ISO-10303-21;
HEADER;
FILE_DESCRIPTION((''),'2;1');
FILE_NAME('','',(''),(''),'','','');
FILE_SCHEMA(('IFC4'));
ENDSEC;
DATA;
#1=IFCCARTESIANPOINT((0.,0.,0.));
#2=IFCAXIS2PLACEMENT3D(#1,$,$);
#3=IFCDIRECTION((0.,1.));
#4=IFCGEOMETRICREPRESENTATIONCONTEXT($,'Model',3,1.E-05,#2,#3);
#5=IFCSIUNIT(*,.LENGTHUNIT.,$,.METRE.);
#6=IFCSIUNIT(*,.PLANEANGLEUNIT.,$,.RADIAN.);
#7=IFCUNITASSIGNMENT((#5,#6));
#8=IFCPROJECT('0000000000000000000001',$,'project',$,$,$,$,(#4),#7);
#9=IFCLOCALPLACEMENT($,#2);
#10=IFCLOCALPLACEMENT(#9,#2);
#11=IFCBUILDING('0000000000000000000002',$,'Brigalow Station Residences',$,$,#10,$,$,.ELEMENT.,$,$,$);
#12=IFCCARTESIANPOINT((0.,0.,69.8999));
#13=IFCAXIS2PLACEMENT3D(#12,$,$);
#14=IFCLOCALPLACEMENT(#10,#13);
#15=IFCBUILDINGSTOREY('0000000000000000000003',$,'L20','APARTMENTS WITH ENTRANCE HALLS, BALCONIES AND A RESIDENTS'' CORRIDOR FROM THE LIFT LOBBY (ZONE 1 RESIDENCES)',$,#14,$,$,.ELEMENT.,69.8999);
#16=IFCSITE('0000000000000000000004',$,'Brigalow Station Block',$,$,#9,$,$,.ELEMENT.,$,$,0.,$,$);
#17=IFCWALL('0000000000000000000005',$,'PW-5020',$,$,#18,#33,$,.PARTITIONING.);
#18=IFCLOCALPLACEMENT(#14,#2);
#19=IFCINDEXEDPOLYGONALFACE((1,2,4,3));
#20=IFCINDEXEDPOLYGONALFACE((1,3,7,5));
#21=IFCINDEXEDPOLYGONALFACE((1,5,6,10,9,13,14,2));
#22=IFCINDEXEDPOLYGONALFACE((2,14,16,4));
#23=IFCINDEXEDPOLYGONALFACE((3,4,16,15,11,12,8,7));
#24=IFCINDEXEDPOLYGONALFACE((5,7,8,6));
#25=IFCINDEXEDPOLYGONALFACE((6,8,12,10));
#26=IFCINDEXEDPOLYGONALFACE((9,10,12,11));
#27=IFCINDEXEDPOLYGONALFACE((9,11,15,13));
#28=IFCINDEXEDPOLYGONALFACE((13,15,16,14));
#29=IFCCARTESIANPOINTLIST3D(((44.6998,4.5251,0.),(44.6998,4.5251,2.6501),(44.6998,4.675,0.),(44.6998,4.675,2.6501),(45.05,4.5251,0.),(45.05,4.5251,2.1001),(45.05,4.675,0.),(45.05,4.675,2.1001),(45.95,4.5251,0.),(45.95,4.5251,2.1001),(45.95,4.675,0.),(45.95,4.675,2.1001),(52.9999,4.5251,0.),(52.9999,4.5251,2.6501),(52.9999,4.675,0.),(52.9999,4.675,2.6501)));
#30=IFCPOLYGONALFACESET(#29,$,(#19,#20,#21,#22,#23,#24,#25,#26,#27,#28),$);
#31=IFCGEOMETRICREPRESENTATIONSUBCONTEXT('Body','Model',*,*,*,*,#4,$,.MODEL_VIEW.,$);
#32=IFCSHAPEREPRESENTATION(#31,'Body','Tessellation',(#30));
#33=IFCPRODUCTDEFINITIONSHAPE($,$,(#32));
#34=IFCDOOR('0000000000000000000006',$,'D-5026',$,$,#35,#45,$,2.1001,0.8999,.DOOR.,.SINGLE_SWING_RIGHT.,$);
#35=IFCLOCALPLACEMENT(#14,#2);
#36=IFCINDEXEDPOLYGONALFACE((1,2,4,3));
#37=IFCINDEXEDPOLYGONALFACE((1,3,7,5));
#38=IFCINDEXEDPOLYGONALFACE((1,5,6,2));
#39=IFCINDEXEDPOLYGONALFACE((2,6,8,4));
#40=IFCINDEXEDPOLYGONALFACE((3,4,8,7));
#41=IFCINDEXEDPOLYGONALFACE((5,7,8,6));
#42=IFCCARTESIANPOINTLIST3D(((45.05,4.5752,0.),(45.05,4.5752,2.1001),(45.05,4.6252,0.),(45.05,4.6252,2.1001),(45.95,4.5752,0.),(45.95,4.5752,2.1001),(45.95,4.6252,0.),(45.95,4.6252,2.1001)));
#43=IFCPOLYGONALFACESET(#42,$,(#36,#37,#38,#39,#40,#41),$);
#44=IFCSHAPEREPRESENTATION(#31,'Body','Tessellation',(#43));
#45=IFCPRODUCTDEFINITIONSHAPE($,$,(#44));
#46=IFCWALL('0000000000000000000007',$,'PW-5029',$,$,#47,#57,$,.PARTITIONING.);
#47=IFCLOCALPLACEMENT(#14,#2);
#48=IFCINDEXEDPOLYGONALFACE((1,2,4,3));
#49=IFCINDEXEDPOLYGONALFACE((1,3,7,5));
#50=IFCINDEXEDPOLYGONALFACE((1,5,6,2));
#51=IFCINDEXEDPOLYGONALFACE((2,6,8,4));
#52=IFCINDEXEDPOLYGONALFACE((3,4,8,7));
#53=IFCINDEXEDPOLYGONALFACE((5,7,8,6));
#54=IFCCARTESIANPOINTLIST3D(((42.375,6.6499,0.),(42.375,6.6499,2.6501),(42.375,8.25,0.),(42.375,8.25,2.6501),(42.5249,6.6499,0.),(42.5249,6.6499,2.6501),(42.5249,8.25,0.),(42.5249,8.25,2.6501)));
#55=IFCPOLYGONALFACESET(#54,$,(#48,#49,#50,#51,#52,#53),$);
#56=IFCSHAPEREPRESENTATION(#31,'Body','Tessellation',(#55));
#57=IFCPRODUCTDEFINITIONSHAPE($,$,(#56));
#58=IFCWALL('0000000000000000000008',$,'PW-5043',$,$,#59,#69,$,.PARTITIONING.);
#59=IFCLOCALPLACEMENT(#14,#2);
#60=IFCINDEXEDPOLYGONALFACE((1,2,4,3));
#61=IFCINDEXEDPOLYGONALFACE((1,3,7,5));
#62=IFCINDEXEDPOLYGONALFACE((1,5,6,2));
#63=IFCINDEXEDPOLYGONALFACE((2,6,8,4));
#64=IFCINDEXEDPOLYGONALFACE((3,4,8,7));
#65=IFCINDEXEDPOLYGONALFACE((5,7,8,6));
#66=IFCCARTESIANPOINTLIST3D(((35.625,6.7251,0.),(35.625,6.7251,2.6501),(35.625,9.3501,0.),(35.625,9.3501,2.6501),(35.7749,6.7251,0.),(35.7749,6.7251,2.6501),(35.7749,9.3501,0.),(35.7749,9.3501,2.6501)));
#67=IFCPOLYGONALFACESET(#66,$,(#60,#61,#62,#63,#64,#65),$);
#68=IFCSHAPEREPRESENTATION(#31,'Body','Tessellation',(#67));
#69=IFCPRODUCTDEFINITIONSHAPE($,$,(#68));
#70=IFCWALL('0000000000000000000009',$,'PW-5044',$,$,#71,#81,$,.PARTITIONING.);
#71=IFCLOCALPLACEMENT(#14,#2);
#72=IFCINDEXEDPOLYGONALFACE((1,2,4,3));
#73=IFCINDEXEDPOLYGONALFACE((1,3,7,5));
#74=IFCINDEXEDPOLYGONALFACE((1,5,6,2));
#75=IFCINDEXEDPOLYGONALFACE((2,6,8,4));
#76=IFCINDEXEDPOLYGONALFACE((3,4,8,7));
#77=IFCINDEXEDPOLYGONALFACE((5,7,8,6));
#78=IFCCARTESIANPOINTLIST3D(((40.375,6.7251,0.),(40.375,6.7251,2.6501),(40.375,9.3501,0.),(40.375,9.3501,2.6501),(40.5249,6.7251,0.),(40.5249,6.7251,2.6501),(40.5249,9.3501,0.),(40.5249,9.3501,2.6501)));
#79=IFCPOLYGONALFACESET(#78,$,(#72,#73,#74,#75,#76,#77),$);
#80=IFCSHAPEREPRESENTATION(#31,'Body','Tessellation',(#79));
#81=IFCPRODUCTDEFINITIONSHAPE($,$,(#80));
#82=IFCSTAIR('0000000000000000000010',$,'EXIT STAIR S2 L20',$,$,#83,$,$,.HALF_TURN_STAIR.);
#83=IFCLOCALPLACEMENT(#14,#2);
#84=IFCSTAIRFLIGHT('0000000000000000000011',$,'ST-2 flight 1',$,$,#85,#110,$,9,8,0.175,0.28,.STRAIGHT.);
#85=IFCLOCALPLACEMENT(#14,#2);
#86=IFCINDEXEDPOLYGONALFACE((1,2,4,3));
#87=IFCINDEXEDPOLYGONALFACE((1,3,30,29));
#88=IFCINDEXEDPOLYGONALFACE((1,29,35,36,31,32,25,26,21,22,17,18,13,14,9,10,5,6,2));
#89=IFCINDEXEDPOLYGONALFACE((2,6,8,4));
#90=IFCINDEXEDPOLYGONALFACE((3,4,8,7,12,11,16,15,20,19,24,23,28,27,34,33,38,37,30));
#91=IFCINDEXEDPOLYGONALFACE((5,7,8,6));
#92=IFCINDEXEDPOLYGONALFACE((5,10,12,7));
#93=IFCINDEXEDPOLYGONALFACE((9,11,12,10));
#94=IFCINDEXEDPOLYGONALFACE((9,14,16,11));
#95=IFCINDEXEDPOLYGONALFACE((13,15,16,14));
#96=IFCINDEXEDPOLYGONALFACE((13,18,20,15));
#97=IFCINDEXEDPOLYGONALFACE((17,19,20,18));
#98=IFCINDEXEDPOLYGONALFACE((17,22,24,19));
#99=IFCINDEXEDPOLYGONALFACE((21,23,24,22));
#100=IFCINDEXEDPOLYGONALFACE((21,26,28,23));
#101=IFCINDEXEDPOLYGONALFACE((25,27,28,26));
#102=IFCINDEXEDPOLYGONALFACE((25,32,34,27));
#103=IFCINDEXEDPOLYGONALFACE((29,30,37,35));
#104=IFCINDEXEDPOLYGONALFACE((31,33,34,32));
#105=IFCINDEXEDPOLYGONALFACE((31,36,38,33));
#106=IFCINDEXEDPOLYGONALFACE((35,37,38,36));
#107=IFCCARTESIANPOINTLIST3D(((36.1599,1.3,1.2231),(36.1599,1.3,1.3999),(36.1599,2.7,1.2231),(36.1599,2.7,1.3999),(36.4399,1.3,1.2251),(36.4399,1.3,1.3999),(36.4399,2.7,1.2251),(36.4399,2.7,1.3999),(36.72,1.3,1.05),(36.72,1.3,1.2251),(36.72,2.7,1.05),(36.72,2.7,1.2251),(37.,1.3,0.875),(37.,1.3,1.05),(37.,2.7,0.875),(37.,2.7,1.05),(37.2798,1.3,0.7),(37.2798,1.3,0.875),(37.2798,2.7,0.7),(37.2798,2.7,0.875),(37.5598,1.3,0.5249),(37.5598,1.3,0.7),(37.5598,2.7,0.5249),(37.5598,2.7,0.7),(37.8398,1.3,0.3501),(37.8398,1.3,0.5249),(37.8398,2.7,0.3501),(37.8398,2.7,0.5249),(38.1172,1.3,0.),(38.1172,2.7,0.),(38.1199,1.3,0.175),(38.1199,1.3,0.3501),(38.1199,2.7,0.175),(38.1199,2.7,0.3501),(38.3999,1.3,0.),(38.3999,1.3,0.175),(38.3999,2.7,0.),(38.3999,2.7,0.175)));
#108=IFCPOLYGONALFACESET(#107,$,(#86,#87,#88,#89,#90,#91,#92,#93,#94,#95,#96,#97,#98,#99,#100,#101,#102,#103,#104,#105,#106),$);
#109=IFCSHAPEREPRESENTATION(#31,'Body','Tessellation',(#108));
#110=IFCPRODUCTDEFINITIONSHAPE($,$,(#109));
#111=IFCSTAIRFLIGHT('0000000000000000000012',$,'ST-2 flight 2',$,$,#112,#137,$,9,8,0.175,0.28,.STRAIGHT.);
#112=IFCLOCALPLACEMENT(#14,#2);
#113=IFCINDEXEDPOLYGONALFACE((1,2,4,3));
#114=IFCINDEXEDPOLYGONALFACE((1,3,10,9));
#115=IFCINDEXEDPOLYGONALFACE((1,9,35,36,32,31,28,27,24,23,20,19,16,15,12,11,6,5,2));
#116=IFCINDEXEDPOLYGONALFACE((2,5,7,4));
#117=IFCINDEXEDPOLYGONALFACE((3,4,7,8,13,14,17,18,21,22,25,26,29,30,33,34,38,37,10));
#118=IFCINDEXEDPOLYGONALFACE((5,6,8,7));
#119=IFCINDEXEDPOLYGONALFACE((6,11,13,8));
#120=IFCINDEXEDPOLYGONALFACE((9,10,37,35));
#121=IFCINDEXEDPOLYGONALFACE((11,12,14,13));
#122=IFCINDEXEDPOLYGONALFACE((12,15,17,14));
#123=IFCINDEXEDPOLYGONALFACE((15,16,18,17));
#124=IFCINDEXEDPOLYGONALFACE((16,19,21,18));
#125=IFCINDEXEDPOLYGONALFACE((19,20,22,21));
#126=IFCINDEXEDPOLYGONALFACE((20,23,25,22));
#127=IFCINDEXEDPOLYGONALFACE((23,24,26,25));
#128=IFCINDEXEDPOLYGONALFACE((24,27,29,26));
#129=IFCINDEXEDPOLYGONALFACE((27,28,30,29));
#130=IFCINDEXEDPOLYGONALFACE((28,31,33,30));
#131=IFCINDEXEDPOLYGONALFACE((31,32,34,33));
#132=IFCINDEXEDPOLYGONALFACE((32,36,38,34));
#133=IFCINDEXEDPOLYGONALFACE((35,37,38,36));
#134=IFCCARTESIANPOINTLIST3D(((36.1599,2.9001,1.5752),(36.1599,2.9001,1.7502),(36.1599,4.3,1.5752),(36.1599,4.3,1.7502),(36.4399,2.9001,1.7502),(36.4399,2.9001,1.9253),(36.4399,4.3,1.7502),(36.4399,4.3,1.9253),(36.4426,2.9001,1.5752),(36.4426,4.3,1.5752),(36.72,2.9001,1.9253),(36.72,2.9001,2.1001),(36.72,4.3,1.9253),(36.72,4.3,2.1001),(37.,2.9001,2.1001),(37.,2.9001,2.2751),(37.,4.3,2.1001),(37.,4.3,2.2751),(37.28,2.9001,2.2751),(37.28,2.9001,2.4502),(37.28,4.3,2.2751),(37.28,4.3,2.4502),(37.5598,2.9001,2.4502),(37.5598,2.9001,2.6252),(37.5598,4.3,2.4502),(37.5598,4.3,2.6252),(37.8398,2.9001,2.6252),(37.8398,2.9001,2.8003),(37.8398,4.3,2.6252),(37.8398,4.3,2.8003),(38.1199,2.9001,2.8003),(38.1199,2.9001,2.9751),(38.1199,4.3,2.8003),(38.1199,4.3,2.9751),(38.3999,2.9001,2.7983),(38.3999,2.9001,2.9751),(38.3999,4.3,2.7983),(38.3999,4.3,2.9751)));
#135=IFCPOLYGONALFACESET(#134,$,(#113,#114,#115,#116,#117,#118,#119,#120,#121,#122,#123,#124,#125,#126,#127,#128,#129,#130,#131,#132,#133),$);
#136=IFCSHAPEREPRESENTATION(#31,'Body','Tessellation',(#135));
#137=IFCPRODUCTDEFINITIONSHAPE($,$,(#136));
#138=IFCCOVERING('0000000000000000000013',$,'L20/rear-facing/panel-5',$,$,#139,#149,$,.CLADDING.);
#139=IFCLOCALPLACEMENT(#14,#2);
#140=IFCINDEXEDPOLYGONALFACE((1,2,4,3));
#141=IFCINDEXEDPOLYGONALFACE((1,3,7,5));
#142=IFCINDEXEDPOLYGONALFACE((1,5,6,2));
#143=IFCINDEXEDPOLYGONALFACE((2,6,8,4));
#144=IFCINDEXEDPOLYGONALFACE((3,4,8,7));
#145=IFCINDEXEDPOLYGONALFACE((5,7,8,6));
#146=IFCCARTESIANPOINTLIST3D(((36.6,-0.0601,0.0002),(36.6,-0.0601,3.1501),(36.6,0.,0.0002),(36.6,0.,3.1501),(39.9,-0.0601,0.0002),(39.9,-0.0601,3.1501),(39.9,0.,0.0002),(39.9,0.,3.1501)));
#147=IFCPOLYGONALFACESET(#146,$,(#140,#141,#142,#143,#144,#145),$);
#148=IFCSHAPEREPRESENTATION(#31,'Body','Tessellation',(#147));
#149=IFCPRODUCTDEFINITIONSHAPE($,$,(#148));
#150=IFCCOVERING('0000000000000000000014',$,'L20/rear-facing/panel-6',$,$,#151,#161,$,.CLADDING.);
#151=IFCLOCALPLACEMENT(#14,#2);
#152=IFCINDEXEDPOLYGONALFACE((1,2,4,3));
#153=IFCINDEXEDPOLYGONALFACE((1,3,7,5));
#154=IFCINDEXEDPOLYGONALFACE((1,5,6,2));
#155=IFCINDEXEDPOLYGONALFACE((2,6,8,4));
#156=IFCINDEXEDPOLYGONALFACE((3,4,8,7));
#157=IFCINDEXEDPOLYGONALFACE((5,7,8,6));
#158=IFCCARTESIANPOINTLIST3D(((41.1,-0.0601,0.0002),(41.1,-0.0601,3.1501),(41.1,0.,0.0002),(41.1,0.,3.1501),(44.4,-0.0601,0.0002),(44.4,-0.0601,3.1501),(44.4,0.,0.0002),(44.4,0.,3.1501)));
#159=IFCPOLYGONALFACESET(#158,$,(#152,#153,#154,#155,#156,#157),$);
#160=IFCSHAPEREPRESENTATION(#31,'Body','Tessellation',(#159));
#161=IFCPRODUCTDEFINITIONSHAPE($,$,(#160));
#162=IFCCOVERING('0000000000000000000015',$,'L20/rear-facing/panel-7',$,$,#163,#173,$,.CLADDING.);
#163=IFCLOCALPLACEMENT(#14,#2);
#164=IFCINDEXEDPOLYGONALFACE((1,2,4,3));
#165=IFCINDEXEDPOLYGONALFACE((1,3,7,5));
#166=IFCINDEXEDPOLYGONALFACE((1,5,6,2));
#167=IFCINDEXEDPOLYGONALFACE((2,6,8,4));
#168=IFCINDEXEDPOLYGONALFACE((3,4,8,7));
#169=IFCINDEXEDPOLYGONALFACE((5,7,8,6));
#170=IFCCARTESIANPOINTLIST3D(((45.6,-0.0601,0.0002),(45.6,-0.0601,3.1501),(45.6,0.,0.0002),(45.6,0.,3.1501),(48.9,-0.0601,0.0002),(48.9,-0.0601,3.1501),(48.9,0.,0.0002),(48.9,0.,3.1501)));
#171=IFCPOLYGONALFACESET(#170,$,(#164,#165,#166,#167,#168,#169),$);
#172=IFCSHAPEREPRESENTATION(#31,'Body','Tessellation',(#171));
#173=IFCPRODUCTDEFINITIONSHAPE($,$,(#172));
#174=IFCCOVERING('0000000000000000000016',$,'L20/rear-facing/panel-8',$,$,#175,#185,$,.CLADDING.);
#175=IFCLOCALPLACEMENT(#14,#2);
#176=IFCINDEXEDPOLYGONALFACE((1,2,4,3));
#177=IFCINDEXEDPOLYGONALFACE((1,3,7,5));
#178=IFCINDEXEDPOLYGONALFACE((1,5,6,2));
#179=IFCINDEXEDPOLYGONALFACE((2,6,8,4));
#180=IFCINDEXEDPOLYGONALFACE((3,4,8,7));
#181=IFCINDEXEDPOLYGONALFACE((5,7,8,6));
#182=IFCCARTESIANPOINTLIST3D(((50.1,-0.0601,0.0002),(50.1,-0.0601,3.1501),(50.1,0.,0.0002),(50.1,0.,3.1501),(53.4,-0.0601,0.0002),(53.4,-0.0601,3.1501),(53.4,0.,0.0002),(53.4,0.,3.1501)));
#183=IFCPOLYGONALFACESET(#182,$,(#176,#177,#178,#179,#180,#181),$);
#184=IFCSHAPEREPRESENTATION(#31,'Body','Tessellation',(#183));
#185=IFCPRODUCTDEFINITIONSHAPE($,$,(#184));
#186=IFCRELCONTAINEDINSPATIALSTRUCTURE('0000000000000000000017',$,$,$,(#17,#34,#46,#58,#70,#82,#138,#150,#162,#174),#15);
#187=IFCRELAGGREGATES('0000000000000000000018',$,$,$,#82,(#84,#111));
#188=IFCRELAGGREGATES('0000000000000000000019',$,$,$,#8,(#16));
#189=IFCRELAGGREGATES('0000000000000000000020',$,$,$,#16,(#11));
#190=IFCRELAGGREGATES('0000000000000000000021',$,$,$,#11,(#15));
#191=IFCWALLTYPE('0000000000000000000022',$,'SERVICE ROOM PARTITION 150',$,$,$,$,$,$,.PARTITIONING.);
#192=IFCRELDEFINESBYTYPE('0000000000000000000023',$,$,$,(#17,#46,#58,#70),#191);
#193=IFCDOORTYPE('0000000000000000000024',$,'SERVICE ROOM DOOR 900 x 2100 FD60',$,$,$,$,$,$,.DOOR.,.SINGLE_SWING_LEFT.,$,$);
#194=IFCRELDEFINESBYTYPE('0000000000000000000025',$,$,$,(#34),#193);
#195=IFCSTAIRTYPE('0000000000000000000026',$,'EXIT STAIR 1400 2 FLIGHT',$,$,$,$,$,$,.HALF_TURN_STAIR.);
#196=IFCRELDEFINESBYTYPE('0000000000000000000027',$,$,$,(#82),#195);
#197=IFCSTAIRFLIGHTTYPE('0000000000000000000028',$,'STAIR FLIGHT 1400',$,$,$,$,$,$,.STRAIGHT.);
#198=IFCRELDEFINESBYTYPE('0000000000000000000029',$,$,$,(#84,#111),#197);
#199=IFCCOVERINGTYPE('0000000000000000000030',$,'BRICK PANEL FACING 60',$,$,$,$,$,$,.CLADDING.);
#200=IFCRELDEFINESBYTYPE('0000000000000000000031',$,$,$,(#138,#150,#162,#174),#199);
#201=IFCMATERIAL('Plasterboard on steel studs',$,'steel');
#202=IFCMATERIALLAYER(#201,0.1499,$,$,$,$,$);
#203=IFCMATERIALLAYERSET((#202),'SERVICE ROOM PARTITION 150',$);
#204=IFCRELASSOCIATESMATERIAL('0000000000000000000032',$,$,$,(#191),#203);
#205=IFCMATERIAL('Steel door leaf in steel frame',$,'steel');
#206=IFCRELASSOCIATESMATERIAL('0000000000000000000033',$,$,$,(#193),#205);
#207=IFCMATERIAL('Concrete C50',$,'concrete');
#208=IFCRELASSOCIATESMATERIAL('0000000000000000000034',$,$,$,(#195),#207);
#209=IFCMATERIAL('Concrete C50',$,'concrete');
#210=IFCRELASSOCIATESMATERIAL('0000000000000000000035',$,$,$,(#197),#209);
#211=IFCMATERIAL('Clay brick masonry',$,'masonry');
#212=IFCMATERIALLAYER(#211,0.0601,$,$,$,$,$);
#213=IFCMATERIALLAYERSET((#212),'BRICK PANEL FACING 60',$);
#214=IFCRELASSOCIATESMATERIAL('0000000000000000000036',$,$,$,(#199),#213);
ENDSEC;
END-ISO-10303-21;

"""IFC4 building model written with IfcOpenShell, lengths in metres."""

from ifc_helpers import new_model, si_unit, direction, frame, frame_2d, origin, origin_2d, place, context, subcontext, project, spatial, polyline, rectangle, outline, extrude, material, layer, layer_set, type_object, element, fill, aggregate, save


model = new_model("IFC4")

# Units and contexts
model_context = context("Model", 3, precision=1e-05, world=origin(), true_north=direction((0.0, 1.0)))
body_context = subcontext(model_context, "Body", "Model", "MODEL_VIEW")
ifc_project = project(units=[si_unit("LENGTHUNIT", "METRE"), si_unit("PLANEANGLEUNIT", "RADIAN")], contexts=[model_context])

# Site, building, storey
site_placement = place(None, origin())
site = spatial("IfcSite", under=ifc_project, at=site_placement, Name="Brigalow Station Block", CompositionType="ELEMENT", RefElevation=0.0)
building_placement = place(site_placement, origin())
building = spatial("IfcBuilding", under=site, at=building_placement, Name="Brigalow Station Residences", CompositionType="ELEMENT")
storey_placement = place(building_placement, frame((0.0, 0.0, 69.8999)))
storey = spatial("IfcBuildingStorey", under=building, at=storey_placement, Name="L20", Description="APARTMENTS WITH ENTRANCE HALLS, BALCONIES AND A RESIDENTS' CORRIDOR FROM THE LIFT LOBBY (ZONE 1 RESIDENCES)", CompositionType="ELEMENT", Elevation=69.8999)

# Wall, opening, door
ifc_material_1 = material(Name="Plasterboard on steel studs", Category="steel")
ifc_layer_1 = layer(ifc_material_1, 0.1499)
ifc_layer_set_1 = layer_set([ifc_layer_1], Name="SERVICE ROOM PARTITION 150")
wall_type_1 = type_object("IfcWallType", Name="SERVICE ROOM PARTITION 150", PredefinedType="PARTITIONING", material=ifc_layer_set_1)
wall_1_placement = place(storey_placement, frame((44.7, 4.6001, 0.0), z_axis=(0.0, 0.0, 1.0), x_axis=(1.0, 0.0, 0.0)))
wall_1 = element("IfcWall", 1, at=wall_1_placement, inside=storey, type_object=wall_type_1, Name="PW-5020", PredefinedType="PARTITIONING", context=body_context, shape_type="SweptSolid", body=[
    extrude(rectangle(XDim=8.3, YDim=0.1499, at=frame_2d((4.1499, 0.0))), origin(), (0.0, 0.0, 1.0), 2.6501),
])
opening_1_placement = place(wall_1_placement, frame((0.3501, 0.0, 0.0)))
opening_1 = element("IfcOpeningElement", 2, at=opening_1_placement, cuts=wall_1, PredefinedType="OPENING", context=body_context, shape_type="SweptSolid", body=[
    extrude(rectangle(XDim=0.8999, YDim=2.1001, at=frame_2d((0.45, 1.05))), frame((0.0, 0.085, 0.0), z_axis=(0.0, -1.0, 0.0), x_axis=(1.0, 0.0, 0.0)), (0.0, 0.0, 1.0), 0.1699),
])
ifc_material_2 = material(Name="Steel door leaf in steel frame", Category="steel")
door_type_1 = type_object("IfcDoorType", Name="SERVICE ROOM DOOR 900 x 2100 FD60", OperationType="SINGLE_SWING_LEFT", PredefinedType="DOOR", material=ifc_material_2)
door_1_placement = place(opening_1_placement, frame((0.8999, 0.0, 0.0), z_axis=(0.0, 0.0, 1.0), x_axis=(-1.0, 0.0, 0.0)))
door_1 = element("IfcDoor", 3, at=door_1_placement, inside=storey, type_object=door_type_1, Name="D-5026", OperationType="SINGLE_SWING_RIGHT", OverallHeight=2.1001, OverallWidth=0.8999, PredefinedType="DOOR", context=body_context, shape_type="SweptSolid", body=[
    extrude(rectangle(XDim=0.8999, YDim=2.1001, at=frame_2d((0.45, 1.05))), frame((0.0, 0.0249, 0.0), z_axis=(0.0, -1.0, 0.0), x_axis=(1.0, 0.0, 0.0)), (0.0, 0.0, 1.0), 0.05),
])
fill(opening_1, door_1)

# Walls
wall_2_placement = place(storey_placement, frame((42.45, 6.6499, 0.0), z_axis=(0.0, 0.0, 1.0), x_axis=(0.0, 1.0, 0.0)))
element("IfcWall", 4, at=wall_2_placement, inside=storey, type_object=wall_type_1, Name="PW-5029", PredefinedType="PARTITIONING", context=body_context, shape_type="SweptSolid", body=[
    extrude(rectangle(XDim=1.6001, YDim=0.1499, at=frame_2d((0.8, 0.0))), origin(), (0.0, 0.0, 1.0), 2.6501),
])
for number, where, z_axis, x_axis, name in (
    (5, (35.7, 6.7251, 0.0), (0.0, 0.0, 1.0), (0.0, 1.0, 0.0), "PW-5043"),
    (6, (40.45, 6.7251, 0.0), (0.0, 0.0, 1.0), (0.0, 1.0, 0.0), "PW-5044"),
):
    element("IfcWall", number, at=place(storey_placement, frame(where, z_axis=z_axis, x_axis=x_axis)), inside=storey, type_object=wall_type_1, Name=name, PredefinedType="PARTITIONING", context=body_context, shape_type="SweptSolid", body=[
        extrude(rectangle(XDim=2.625, YDim=0.1499, at=frame_2d((1.3125, 0.0))), origin(), (0.0, 0.0, 1.0), 2.6501),
    ])

# Stair, stair flights
ifc_material_3 = material(Name="Concrete C50", Category="concrete")
stair_type = type_object("IfcStairType", Name="EXIT STAIR 1400 2 FLIGHT", PredefinedType="HALF_TURN_STAIR", material=ifc_material_3)
stair_placement = place(storey_placement, origin())
stair = element("IfcStair", 7, at=stair_placement, inside=storey, type_object=stair_type, Name="EXIT STAIR S2 L20", PredefinedType="HALF_TURN_STAIR")
ifc_material_4 = material(Name="Concrete C50", Category="concrete")
stair_flight_type = type_object("IfcStairFlightType", Name="STAIR FLIGHT 1400", PredefinedType="STRAIGHT", material=ifc_material_4)
stair_flight_1_placement = place(storey_placement, frame((38.3999, 2.0, 0.0), z_axis=(0.0, 0.0, 1.0), x_axis=(-1.0, 0.0, 0.0)))
stair_flight_1 = element("IfcStairFlight", 8, at=stair_flight_1_placement, type_object=stair_flight_type, Name="ST-2 flight 1", NumberOfRisers=9, NumberOfTreads=8, PredefinedType="STRAIGHT", RiserHeight=0.175, TreadLength=0.28, context=body_context, shape_type="SweptSolid", body=[
    extrude(outline(polyline([(0.0, 0.0), (0.0, 0.175), (0.28, 0.175), (0.28, 0.3501), (0.5601, 0.3501), (0.5601, 0.5249), (0.8401, 0.5249), (0.8401, 0.7), (1.1201, 0.7), (1.1201, 0.875), (1.3999, 0.875), (1.3999, 1.05), (1.6799, 1.05), (1.6799, 1.2251), (1.96, 1.2251), (1.96, 1.3999), (2.24, 1.3999), (2.24, 1.575), (2.24, 1.2231), (0.2827, 0.0), (0.0, 0.0)])), frame((0.0, 0.7, 0.0), z_axis=(0.0, -1.0, 0.0), x_axis=(1.0, 0.0, 0.0)), (0.0, 0.0, 1.0), 1.3999),
])
stair_flight_2_placement = place(storey_placement, frame((36.1599, 3.6001, 1.5752), z_axis=(0.0, 0.0, 1.0), x_axis=(1.0, 0.0, 0.0)))
stair_flight_2 = element("IfcStairFlight", 9, at=stair_flight_2_placement, type_object=stair_flight_type, Name="ST-2 flight 2", NumberOfRisers=9, NumberOfTreads=8, PredefinedType="STRAIGHT", RiserHeight=0.175, TreadLength=0.28, context=body_context, shape_type="SweptSolid", body=[
    extrude(outline(polyline([(0.0, 0.0), (0.0, 0.175), (0.28, 0.175), (0.28, 0.3501), (0.5601, 0.3501), (0.5601, 0.5249), (0.8401, 0.5249), (0.8401, 0.7), (1.1201, 0.7), (1.1201, 0.875), (1.3999, 0.875), (1.3999, 1.05), (1.6799, 1.05), (1.6799, 1.2251), (1.96, 1.2251), (1.96, 1.3999), (2.24, 1.3999), (2.24, 1.575), (2.24, 1.2231), (0.2827, 0.0), (0.0, 0.0)])), frame((0.0, 0.7, 0.0), z_axis=(0.0, -1.0, 0.0), x_axis=(1.0, 0.0, 0.0)), (0.0, 0.0, 1.0), 1.3999),
])
aggregate(stair, [stair_flight_1, stair_flight_2])

# Coverings
ifc_material_5 = material(Name="Clay brick masonry", Category="masonry")
ifc_layer_2 = layer(ifc_material_5, 0.0601)
ifc_layer_set_2 = layer_set([ifc_layer_2], Name="BRICK PANEL FACING 60")
covering_type_1 = type_object("IfcCoveringType", Name="BRICK PANEL FACING 60", PredefinedType="CLADDING", material=ifc_layer_set_2)
for number, where, z_axis, x_axis, name in (
    (10, (38.25, -0.03, 0.0002), (0.0, 0.0, 1.0), (1.0, 0.0, 0.0), "L20/rear-facing/panel-5"),
    (11, (42.75, -0.03, 0.0002), (0.0, 0.0, 1.0), (1.0, 0.0, 0.0), "L20/rear-facing/panel-6"),
    (12, (47.25, -0.03, 0.0002), (0.0, 0.0, 1.0), (1.0, 0.0, 0.0), "L20/rear-facing/panel-7"),
    (13, (51.75, -0.03, 0.0002), (0.0, 0.0, 1.0), (1.0, 0.0, 0.0), "L20/rear-facing/panel-8"),
):
    element("IfcCovering", number, at=place(storey_placement, frame(where, z_axis=z_axis, x_axis=x_axis)), inside=storey, type_object=covering_type_1, Name=name, PredefinedType="CLADDING", context=body_context, shape_type="SweptSolid", body=[
        extrude(rectangle(XDim=3.3, YDim=0.0601, at=origin_2d()), origin(), (0.0, 0.0, 1.0), 3.1499),
    ])

save(model, "model.ifc")
